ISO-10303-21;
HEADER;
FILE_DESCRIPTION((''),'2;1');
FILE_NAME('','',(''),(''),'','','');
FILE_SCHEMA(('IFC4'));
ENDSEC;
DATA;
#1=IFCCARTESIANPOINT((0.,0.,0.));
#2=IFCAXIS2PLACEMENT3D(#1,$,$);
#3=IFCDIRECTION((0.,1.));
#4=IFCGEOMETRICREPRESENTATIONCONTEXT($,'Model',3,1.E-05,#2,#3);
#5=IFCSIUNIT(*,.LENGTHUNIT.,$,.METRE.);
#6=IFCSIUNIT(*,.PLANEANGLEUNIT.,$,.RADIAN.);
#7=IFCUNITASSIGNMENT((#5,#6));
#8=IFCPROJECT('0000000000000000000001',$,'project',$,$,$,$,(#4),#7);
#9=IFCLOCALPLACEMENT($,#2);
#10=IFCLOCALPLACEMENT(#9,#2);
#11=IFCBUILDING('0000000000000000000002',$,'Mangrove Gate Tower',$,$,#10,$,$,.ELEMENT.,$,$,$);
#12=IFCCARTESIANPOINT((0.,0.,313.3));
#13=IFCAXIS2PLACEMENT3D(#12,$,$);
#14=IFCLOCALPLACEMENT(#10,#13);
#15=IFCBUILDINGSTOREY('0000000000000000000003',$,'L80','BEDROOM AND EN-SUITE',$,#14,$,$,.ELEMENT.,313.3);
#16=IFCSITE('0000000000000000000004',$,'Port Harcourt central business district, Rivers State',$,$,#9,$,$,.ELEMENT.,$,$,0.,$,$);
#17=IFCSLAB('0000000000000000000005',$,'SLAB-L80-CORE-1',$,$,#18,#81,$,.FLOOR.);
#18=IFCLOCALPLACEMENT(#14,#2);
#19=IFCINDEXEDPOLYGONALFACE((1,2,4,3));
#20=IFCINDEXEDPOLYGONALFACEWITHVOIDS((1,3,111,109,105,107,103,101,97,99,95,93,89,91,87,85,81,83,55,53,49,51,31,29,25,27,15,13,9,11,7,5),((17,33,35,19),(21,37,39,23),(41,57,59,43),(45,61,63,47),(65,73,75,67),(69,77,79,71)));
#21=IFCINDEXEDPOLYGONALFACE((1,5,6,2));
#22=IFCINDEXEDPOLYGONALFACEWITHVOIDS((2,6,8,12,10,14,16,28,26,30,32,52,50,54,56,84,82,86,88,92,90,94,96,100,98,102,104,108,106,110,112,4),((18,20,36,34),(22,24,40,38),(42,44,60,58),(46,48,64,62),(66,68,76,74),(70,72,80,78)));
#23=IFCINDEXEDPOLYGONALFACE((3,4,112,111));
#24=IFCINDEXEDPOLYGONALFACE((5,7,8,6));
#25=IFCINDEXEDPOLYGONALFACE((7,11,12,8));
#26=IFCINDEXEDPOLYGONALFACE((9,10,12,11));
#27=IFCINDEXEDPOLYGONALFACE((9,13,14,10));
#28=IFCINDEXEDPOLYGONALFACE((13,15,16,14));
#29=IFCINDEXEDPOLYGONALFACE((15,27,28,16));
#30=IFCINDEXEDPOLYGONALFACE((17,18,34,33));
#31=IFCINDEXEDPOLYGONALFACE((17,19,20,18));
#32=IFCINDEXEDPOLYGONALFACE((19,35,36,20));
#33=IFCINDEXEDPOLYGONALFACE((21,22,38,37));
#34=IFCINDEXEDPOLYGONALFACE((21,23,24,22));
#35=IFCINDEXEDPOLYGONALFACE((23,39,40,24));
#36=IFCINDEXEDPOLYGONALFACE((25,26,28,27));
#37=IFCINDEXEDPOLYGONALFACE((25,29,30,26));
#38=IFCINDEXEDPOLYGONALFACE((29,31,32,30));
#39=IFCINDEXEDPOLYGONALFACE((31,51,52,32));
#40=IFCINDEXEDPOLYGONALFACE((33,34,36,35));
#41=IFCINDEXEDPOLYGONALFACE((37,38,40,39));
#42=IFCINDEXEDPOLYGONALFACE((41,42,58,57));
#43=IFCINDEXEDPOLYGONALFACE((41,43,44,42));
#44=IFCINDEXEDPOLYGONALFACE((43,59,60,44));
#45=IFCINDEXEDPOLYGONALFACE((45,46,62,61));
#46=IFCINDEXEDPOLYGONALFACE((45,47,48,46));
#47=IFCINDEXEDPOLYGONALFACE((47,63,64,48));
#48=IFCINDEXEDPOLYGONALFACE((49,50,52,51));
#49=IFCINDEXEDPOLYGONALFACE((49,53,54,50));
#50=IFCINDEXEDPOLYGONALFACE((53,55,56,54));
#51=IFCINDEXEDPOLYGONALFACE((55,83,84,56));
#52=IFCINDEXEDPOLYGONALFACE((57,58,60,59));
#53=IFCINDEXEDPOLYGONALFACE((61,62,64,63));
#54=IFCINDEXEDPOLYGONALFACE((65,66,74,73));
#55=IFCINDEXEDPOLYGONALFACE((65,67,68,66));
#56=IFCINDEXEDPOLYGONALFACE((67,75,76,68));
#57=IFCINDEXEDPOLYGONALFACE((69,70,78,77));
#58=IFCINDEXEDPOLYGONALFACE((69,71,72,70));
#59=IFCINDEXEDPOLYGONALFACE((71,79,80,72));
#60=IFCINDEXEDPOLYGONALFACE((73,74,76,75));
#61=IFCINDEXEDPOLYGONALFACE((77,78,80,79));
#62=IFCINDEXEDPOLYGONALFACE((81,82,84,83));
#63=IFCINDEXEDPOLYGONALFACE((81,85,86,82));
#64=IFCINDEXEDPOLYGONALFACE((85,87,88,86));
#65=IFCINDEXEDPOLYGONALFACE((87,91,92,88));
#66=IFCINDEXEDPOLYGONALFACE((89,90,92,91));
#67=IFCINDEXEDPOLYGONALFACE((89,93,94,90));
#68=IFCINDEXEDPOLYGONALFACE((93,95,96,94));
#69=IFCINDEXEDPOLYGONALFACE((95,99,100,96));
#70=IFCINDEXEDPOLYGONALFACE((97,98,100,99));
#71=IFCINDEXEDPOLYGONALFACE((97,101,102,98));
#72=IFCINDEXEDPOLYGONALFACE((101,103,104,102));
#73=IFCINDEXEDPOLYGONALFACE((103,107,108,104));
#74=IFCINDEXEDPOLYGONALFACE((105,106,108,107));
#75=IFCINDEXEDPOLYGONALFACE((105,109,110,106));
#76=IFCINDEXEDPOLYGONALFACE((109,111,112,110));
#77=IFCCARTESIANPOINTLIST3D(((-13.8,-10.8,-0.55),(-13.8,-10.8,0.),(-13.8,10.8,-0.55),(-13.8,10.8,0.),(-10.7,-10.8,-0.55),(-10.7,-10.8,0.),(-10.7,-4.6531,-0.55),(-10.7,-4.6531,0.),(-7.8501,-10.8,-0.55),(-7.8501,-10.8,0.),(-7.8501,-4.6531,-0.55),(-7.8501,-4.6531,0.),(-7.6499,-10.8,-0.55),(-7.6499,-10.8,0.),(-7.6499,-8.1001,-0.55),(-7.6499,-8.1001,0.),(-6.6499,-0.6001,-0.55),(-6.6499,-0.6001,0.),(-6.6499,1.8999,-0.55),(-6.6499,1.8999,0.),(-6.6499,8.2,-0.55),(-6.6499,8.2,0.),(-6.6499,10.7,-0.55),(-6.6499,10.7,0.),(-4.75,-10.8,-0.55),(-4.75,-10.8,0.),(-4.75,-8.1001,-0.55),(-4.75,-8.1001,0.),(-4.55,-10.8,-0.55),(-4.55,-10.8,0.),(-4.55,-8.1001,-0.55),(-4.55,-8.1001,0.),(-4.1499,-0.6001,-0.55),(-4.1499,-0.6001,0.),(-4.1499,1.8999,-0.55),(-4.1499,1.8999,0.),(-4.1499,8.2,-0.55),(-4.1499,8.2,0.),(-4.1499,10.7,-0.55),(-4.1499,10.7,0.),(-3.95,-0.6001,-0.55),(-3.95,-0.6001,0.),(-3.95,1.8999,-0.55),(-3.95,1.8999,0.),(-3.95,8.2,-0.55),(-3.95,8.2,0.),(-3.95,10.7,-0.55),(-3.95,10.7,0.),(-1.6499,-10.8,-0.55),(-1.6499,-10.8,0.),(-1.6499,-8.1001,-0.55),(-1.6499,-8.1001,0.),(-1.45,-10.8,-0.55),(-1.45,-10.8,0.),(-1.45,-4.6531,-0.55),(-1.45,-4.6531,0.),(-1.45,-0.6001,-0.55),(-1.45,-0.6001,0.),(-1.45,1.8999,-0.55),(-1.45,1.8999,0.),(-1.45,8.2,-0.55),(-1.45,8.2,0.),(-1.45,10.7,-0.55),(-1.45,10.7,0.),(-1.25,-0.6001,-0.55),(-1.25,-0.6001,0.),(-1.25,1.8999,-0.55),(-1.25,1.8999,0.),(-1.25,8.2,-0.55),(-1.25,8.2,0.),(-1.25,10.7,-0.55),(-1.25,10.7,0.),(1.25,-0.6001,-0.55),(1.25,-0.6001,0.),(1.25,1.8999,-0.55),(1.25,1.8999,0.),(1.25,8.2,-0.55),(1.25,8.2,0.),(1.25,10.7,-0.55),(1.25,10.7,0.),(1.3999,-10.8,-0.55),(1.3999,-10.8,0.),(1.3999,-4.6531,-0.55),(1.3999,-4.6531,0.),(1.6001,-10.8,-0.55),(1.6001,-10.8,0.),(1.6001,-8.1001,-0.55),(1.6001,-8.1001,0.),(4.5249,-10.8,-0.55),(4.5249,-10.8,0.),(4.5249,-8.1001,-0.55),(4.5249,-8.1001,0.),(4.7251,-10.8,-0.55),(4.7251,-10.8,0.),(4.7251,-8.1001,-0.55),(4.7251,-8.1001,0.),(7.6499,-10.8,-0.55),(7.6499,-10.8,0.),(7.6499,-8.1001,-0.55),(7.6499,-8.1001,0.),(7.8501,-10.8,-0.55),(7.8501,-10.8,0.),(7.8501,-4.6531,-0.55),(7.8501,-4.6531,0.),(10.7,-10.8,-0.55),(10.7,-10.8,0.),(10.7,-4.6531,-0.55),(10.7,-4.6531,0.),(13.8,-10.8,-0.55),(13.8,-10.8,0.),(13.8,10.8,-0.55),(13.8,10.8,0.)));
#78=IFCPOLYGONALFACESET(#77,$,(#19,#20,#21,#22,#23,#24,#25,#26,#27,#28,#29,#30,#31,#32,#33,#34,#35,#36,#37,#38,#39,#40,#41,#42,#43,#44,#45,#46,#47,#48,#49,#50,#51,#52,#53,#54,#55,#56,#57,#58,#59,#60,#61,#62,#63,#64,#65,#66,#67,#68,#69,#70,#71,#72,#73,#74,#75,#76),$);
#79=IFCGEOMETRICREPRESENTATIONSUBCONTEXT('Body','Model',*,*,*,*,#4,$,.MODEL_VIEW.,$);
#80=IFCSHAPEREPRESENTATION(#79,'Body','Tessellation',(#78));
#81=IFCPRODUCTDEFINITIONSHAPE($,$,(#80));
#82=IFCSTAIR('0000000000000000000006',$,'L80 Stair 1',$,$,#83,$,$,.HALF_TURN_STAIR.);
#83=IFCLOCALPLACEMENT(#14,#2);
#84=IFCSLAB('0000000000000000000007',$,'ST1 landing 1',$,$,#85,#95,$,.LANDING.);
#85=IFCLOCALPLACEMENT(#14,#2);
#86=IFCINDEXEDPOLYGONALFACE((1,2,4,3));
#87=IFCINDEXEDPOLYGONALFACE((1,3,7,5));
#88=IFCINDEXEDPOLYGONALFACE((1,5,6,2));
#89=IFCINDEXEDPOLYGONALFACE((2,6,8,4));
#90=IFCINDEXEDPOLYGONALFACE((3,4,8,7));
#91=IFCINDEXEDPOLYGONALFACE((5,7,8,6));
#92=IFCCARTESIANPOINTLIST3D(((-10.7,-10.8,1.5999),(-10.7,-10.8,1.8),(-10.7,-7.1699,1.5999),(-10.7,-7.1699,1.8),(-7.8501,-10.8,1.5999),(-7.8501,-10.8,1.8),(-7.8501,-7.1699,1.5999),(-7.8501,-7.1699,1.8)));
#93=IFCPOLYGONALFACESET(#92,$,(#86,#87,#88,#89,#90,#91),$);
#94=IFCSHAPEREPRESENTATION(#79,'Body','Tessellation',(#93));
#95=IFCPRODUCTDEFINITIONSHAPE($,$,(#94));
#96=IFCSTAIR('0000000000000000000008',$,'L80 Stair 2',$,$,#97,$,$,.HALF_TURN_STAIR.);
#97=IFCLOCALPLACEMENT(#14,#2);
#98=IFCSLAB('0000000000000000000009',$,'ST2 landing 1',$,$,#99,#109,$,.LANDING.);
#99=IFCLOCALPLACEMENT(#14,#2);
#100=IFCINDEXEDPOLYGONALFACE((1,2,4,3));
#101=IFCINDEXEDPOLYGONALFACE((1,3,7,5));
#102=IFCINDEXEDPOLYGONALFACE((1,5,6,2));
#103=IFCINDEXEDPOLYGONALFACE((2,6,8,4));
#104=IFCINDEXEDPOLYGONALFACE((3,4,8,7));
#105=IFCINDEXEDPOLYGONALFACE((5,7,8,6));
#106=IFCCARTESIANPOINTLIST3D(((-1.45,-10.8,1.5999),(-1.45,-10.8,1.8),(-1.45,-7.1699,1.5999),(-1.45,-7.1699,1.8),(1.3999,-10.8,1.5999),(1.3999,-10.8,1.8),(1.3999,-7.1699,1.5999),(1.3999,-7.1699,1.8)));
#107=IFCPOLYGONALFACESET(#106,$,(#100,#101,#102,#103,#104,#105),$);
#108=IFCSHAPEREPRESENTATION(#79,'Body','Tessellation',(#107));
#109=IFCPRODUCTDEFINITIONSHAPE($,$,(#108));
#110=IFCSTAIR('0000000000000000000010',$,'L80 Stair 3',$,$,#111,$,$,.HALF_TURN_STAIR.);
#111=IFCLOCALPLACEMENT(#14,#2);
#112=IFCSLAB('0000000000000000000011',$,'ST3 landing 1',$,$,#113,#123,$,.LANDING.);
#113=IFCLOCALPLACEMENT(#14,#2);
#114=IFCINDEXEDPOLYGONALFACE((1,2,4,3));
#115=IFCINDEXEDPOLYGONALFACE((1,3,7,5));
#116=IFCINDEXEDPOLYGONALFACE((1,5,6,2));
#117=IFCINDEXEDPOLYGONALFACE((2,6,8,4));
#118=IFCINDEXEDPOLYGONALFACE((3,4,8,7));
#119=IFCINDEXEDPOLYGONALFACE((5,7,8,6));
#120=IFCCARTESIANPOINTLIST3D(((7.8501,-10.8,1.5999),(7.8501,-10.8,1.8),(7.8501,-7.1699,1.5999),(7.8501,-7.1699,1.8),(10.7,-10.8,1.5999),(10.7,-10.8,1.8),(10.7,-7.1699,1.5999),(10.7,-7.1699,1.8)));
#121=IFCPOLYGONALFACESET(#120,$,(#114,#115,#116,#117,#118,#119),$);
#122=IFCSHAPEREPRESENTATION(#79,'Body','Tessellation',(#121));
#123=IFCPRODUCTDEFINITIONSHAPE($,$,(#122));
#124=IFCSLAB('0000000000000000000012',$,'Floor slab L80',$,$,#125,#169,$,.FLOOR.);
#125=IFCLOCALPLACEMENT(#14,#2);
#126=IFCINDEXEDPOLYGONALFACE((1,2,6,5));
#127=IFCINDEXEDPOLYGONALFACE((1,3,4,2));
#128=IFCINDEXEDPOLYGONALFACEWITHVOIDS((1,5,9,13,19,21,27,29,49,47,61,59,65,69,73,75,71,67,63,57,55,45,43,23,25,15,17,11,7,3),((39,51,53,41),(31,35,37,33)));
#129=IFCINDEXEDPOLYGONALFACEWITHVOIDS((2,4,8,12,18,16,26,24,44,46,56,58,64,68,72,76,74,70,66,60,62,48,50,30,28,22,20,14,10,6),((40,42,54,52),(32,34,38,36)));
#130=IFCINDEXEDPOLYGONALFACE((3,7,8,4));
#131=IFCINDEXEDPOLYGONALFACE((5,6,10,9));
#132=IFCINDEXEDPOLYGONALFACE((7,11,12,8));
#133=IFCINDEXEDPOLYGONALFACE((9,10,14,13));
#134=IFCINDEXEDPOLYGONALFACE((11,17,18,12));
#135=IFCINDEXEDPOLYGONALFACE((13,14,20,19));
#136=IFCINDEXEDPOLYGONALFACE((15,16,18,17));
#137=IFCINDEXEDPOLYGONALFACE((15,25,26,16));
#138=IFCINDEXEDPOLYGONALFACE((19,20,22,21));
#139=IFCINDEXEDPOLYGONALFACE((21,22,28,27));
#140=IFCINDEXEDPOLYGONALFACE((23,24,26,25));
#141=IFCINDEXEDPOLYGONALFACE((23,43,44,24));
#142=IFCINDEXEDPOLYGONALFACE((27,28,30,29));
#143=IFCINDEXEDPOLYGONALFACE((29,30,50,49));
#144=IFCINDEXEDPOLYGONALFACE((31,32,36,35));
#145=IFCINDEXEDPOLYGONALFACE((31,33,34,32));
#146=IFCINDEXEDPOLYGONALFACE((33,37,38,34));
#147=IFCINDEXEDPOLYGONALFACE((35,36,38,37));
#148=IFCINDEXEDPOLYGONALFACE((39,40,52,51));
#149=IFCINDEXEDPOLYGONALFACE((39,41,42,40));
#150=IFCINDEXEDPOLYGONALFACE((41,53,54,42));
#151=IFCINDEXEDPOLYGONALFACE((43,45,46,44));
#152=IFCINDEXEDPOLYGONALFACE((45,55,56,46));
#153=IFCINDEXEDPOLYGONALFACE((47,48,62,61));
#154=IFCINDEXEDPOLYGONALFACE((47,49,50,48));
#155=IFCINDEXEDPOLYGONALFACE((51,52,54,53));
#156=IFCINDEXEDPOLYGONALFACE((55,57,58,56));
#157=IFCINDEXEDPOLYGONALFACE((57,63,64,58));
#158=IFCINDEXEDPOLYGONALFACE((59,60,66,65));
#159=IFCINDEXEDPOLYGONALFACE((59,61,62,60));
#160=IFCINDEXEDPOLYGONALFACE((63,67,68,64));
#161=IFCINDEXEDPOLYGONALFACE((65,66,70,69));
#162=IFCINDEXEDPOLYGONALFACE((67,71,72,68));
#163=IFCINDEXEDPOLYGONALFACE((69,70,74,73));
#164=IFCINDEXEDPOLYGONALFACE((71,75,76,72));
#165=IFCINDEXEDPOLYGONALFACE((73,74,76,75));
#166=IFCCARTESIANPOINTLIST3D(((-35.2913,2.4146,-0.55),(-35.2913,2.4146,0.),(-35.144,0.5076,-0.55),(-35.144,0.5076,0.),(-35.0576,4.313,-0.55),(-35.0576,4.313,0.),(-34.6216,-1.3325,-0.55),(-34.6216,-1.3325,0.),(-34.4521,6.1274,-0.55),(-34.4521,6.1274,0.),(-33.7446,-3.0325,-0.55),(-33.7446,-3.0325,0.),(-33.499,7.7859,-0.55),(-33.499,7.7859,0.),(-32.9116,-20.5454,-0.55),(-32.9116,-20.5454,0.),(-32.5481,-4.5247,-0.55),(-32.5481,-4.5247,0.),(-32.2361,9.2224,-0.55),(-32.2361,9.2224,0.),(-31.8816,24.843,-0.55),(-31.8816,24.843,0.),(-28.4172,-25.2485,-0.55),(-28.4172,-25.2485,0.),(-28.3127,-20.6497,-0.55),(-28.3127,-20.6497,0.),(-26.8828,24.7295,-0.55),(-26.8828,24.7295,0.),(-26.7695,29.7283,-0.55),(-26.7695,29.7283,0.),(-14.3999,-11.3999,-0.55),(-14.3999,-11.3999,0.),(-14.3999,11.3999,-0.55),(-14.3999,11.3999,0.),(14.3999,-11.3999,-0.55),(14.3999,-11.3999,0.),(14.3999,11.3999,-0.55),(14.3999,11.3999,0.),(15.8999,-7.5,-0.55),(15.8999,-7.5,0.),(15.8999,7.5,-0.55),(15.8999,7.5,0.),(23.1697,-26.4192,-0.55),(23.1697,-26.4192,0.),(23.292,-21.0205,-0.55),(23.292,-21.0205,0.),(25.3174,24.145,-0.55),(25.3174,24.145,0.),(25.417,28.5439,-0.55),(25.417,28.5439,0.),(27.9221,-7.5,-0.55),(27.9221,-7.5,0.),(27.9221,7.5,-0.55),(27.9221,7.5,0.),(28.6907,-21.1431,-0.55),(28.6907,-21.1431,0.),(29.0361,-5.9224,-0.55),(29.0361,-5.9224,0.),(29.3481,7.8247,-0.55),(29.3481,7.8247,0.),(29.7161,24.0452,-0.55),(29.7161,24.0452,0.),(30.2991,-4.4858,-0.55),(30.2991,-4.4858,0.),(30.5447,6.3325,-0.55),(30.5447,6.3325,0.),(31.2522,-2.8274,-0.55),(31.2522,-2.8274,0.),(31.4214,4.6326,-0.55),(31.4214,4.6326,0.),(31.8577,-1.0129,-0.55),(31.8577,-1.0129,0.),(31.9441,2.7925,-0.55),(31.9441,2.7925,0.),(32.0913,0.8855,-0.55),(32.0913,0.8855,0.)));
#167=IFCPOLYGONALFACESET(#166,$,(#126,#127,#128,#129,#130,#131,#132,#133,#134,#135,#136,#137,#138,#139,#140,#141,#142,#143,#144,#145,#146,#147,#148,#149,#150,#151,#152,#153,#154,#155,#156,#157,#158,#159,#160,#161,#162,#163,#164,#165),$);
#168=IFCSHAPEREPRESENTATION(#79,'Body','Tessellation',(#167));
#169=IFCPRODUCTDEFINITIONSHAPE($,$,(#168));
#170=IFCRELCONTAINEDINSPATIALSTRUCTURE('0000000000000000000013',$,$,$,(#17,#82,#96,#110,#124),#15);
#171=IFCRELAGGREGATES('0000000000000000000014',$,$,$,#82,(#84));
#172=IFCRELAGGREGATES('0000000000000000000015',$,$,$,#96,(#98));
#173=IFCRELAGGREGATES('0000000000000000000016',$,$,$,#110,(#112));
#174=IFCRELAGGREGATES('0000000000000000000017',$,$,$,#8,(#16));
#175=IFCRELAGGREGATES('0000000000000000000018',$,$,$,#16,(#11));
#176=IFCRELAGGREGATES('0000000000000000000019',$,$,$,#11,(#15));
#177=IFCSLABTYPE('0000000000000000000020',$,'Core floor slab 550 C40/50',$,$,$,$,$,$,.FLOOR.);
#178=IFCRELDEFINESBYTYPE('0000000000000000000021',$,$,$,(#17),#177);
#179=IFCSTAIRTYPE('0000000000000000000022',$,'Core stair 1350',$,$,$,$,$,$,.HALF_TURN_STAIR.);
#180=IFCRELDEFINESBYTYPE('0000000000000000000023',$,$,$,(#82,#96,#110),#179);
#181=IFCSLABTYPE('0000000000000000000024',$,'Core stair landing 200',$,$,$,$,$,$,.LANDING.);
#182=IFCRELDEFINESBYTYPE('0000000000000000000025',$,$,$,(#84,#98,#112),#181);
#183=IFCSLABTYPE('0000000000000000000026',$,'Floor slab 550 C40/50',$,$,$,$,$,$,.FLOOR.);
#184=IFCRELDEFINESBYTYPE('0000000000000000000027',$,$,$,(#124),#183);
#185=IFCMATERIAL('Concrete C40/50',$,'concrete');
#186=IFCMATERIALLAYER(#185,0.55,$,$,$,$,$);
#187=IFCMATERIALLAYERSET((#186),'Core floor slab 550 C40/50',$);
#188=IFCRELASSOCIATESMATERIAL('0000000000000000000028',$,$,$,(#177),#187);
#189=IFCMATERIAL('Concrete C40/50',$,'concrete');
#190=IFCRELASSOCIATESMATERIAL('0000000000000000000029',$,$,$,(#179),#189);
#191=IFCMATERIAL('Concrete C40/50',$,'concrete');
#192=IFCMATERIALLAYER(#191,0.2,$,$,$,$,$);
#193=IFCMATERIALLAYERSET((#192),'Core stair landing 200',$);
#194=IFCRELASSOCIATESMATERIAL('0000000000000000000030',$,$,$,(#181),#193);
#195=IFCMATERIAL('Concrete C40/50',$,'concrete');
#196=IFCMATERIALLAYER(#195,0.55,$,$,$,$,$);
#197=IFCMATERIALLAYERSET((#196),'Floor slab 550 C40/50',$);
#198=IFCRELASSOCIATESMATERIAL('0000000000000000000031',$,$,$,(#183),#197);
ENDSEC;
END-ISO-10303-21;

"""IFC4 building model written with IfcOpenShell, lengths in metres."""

from ifc_helpers import new_model, si_unit, direction, frame, origin, place, context, subcontext, project, spatial, polyline, outline, extrude, material, layer, layer_set, type_object, element, aggregate, save


model = new_model("IFC4")

# Units and contexts
model_context = context("Model", 3, precision=1e-05, world=origin(), true_north=direction((0.0, 1.0)))
body_context = subcontext(model_context, "Body", "Model", "MODEL_VIEW")
ifc_project = project(units=[si_unit("LENGTHUNIT", "METRE"), si_unit("PLANEANGLEUNIT", "RADIAN")], contexts=[model_context])

# Site, building, storey
site_placement = place(None, origin())
site = spatial("IfcSite", under=ifc_project, at=site_placement, Name="Port Harcourt central business district, Rivers State", CompositionType="ELEMENT", RefElevation=0.0)
building_placement = place(site_placement, origin())
building = spatial("IfcBuilding", under=site, at=building_placement, Name="Mangrove Gate Tower", CompositionType="ELEMENT")
storey_placement = place(building_placement, frame((0.0, 0.0, 313.3)))
storey = spatial("IfcBuildingStorey", under=building, at=storey_placement, Name="L80", Description="BEDROOM AND EN-SUITE", CompositionType="ELEMENT", Elevation=313.3)

# Slab
ifc_material_1 = material(Name="Concrete C40/50", Category="concrete")
ifc_layer_1 = layer(ifc_material_1, 0.55)
ifc_layer_set_1 = layer_set([ifc_layer_1], Name="Core floor slab 550 C40/50")
slab_type_1 = type_object("IfcSlabType", Name="Core floor slab 550 C40/50", PredefinedType="FLOOR", material=ifc_layer_set_1)
slab_1_placement = place(storey_placement, frame((0.0, 0.0, -0.55)))
element("IfcSlab", 1, at=slab_1_placement, inside=storey, type_object=slab_type_1, Name="SLAB-L80-CORE-1", PredefinedType="FLOOR", context=body_context, shape_type="SweptSolid", body=[
    extrude(outline(polyline([(-13.8, -10.8), (-13.8, 10.8), (13.8, 10.8), (13.8, -10.8), (10.7, -10.8), (10.7, -4.6531), (7.8501, -4.6531), (7.8501, -10.8), (7.6499, -10.8), (7.6499, -8.1001), (4.7251, -8.1001), (4.7251, -10.8), (4.5249, -10.8), (4.5249, -8.1001), (1.6001, -8.1001), (1.6001, -10.8), (1.3999, -10.8), (1.3999, -4.6531), (-1.45, -4.6531), (-1.45, -10.8), (-1.6499, -10.8), (-1.6499, -8.1001), (-4.55, -8.1001), (-4.55, -10.8), (-4.75, -10.8), (-4.75, -8.1001), (-7.6499, -8.1001), (-7.6499, -10.8), (-7.8501, -10.8), (-7.8501, -4.6531), (-10.7, -4.6531), (-10.7, -10.8), (-13.8, -10.8)]), holes=[polyline([(-4.1499, 1.8999), (-6.6499, 1.8999), (-6.6499, -0.6001), (-4.1499, -0.6001), (-4.1499, 1.8999)]), polyline([(-1.45, -0.6001), (-1.45, 1.8999), (-3.95, 1.8999), (-3.95, -0.6001), (-1.45, -0.6001)]), polyline([(-4.1499, 8.2), (-4.1499, 10.7), (-6.6499, 10.7), (-6.6499, 8.2), (-4.1499, 8.2)]), polyline([(-1.45, 10.7), (-3.95, 10.7), (-3.95, 8.2), (-1.45, 8.2), (-1.45, 10.7)]), polyline([(1.25, -0.6001), (1.25, 1.8999), (-1.25, 1.8999), (-1.25, -0.6001), (1.25, -0.6001)]), polyline([(1.25, 8.2), (1.25, 10.7), (-1.25, 10.7), (-1.25, 8.2), (1.25, 8.2)])]), origin(), (0.0, 0.0, 1.0), 0.55),
])

# Stairs, slabs
ifc_material_2 = material(Name="Concrete C40/50", Category="concrete")
stair_type = type_object("IfcStairType", Name="Core stair 1350", PredefinedType="HALF_TURN_STAIR", material=ifc_material_2)
stair_1_placement = place(storey_placement, origin())
stair_1 = element("IfcStair", 2, at=stair_1_placement, inside=storey, type_object=stair_type, Name="L80 Stair 1", PredefinedType="HALF_TURN_STAIR")
ifc_material_3 = material(Name="Concrete C40/50", Category="concrete")
ifc_layer_2 = layer(ifc_material_3, 0.2)
ifc_layer_set_2 = layer_set([ifc_layer_2], Name="Core stair landing 200")
slab_type_2 = type_object("IfcSlabType", Name="Core stair landing 200", PredefinedType="LANDING", material=ifc_layer_set_2)
slab_2_placement = place(storey_placement, frame((0.0, 0.0, 1.5999)))
slab_2 = element("IfcSlab", 3, at=slab_2_placement, type_object=slab_type_2, Name="ST1 landing 1", PredefinedType="LANDING", context=body_context, shape_type="SweptSolid", body=[
    extrude(outline(polyline([(-10.7, -7.1699), (-10.7, -10.8), (-7.8501, -10.8), (-7.8501, -7.1699), (-10.7, -7.1699)])), origin(), (0.0, 0.0, 1.0), 0.2002),
])
aggregate(stair_1, [slab_2])
stair_2_placement = place(storey_placement, origin())
stair_2 = element("IfcStair", 4, at=stair_2_placement, inside=storey, type_object=stair_type, Name="L80 Stair 2", PredefinedType="HALF_TURN_STAIR")
slab_3_placement = place(storey_placement, frame((0.0, 0.0, 1.5999)))
slab_3 = element("IfcSlab", 5, at=slab_3_placement, type_object=slab_type_2, Name="ST2 landing 1", PredefinedType="LANDING", context=body_context, shape_type="SweptSolid", body=[
    extrude(outline(polyline([(-1.45, -7.1699), (-1.45, -10.8), (1.3999, -10.8), (1.3999, -7.1699), (-1.45, -7.1699)])), origin(), (0.0, 0.0, 1.0), 0.2002),
])
aggregate(stair_2, [slab_3])
stair_3_placement = place(storey_placement, origin())
stair_3 = element("IfcStair", 6, at=stair_3_placement, inside=storey, type_object=stair_type, Name="L80 Stair 3", PredefinedType="HALF_TURN_STAIR")
slab_4_placement = place(storey_placement, frame((0.0, 0.0, 1.5999)))
slab_4 = element("IfcSlab", 7, at=slab_4_placement, type_object=slab_type_2, Name="ST3 landing 1", PredefinedType="LANDING", context=body_context, shape_type="SweptSolid", body=[
    extrude(outline(polyline([(7.8501, -7.1699), (7.8501, -10.8), (10.7, -10.8), (10.7, -7.1699), (7.8501, -7.1699)])), origin(), (0.0, 0.0, 1.0), 0.2002),
])
aggregate(stair_3, [slab_4])

# Slab
ifc_material_4 = material(Name="Concrete C40/50", Category="concrete")
ifc_layer_3 = layer(ifc_material_4, 0.55)
ifc_layer_set_3 = layer_set([ifc_layer_3], Name="Floor slab 550 C40/50")
slab_type_3 = type_object("IfcSlabType", Name="Floor slab 550 C40/50", PredefinedType="FLOOR", material=ifc_layer_set_3)
slab_5_placement = place(storey_placement, frame((0.0, 0.0, -0.55)))
element("IfcSlab", 8, at=slab_5_placement, inside=storey, type_object=slab_type_3, Name="Floor slab L80", PredefinedType="FLOOR", context=body_context, shape_type="SweptSolid", body=[
    extrude(outline(polyline([(-28.4172, -25.2485), (23.1697, -26.4192), (23.292, -21.0205), (28.6907, -21.1431), (29.0361, -5.9224), (30.2991, -4.4858), (31.2522, -2.8274), (31.8577, -1.0129), (32.0913, 0.8855), (31.9441, 2.7925), (31.4214, 4.6326), (30.5447, 6.3325), (29.3481, 7.8247), (29.7161, 24.0452), (25.3174, 24.145), (25.417, 28.5439), (-26.7695, 29.7283), (-26.8828, 24.7295), (-31.8816, 24.843), (-32.2361, 9.2224), (-33.499, 7.7859), (-34.4521, 6.1274), (-35.0576, 4.313), (-35.2913, 2.4146), (-35.144, 0.5076), (-34.6216, -1.3325), (-33.7446, -3.0325), (-32.5481, -4.5247), (-32.9116, -20.5454), (-28.3127, -20.6497), (-28.4172, -25.2485)]), holes=[polyline([(15.8999, 7.5), (27.9221, 7.5), (27.9221, -7.5), (15.8999, -7.5), (15.8999, 7.5)]), polyline([(-14.3999, -11.3999), (-14.3999, 11.3999), (14.3999, 11.3999), (14.3999, -11.3999), (-14.3999, -11.3999)])]), origin(), (0.0, 0.0, 1.0), 0.55),
])

save(model, "model.ifc")
